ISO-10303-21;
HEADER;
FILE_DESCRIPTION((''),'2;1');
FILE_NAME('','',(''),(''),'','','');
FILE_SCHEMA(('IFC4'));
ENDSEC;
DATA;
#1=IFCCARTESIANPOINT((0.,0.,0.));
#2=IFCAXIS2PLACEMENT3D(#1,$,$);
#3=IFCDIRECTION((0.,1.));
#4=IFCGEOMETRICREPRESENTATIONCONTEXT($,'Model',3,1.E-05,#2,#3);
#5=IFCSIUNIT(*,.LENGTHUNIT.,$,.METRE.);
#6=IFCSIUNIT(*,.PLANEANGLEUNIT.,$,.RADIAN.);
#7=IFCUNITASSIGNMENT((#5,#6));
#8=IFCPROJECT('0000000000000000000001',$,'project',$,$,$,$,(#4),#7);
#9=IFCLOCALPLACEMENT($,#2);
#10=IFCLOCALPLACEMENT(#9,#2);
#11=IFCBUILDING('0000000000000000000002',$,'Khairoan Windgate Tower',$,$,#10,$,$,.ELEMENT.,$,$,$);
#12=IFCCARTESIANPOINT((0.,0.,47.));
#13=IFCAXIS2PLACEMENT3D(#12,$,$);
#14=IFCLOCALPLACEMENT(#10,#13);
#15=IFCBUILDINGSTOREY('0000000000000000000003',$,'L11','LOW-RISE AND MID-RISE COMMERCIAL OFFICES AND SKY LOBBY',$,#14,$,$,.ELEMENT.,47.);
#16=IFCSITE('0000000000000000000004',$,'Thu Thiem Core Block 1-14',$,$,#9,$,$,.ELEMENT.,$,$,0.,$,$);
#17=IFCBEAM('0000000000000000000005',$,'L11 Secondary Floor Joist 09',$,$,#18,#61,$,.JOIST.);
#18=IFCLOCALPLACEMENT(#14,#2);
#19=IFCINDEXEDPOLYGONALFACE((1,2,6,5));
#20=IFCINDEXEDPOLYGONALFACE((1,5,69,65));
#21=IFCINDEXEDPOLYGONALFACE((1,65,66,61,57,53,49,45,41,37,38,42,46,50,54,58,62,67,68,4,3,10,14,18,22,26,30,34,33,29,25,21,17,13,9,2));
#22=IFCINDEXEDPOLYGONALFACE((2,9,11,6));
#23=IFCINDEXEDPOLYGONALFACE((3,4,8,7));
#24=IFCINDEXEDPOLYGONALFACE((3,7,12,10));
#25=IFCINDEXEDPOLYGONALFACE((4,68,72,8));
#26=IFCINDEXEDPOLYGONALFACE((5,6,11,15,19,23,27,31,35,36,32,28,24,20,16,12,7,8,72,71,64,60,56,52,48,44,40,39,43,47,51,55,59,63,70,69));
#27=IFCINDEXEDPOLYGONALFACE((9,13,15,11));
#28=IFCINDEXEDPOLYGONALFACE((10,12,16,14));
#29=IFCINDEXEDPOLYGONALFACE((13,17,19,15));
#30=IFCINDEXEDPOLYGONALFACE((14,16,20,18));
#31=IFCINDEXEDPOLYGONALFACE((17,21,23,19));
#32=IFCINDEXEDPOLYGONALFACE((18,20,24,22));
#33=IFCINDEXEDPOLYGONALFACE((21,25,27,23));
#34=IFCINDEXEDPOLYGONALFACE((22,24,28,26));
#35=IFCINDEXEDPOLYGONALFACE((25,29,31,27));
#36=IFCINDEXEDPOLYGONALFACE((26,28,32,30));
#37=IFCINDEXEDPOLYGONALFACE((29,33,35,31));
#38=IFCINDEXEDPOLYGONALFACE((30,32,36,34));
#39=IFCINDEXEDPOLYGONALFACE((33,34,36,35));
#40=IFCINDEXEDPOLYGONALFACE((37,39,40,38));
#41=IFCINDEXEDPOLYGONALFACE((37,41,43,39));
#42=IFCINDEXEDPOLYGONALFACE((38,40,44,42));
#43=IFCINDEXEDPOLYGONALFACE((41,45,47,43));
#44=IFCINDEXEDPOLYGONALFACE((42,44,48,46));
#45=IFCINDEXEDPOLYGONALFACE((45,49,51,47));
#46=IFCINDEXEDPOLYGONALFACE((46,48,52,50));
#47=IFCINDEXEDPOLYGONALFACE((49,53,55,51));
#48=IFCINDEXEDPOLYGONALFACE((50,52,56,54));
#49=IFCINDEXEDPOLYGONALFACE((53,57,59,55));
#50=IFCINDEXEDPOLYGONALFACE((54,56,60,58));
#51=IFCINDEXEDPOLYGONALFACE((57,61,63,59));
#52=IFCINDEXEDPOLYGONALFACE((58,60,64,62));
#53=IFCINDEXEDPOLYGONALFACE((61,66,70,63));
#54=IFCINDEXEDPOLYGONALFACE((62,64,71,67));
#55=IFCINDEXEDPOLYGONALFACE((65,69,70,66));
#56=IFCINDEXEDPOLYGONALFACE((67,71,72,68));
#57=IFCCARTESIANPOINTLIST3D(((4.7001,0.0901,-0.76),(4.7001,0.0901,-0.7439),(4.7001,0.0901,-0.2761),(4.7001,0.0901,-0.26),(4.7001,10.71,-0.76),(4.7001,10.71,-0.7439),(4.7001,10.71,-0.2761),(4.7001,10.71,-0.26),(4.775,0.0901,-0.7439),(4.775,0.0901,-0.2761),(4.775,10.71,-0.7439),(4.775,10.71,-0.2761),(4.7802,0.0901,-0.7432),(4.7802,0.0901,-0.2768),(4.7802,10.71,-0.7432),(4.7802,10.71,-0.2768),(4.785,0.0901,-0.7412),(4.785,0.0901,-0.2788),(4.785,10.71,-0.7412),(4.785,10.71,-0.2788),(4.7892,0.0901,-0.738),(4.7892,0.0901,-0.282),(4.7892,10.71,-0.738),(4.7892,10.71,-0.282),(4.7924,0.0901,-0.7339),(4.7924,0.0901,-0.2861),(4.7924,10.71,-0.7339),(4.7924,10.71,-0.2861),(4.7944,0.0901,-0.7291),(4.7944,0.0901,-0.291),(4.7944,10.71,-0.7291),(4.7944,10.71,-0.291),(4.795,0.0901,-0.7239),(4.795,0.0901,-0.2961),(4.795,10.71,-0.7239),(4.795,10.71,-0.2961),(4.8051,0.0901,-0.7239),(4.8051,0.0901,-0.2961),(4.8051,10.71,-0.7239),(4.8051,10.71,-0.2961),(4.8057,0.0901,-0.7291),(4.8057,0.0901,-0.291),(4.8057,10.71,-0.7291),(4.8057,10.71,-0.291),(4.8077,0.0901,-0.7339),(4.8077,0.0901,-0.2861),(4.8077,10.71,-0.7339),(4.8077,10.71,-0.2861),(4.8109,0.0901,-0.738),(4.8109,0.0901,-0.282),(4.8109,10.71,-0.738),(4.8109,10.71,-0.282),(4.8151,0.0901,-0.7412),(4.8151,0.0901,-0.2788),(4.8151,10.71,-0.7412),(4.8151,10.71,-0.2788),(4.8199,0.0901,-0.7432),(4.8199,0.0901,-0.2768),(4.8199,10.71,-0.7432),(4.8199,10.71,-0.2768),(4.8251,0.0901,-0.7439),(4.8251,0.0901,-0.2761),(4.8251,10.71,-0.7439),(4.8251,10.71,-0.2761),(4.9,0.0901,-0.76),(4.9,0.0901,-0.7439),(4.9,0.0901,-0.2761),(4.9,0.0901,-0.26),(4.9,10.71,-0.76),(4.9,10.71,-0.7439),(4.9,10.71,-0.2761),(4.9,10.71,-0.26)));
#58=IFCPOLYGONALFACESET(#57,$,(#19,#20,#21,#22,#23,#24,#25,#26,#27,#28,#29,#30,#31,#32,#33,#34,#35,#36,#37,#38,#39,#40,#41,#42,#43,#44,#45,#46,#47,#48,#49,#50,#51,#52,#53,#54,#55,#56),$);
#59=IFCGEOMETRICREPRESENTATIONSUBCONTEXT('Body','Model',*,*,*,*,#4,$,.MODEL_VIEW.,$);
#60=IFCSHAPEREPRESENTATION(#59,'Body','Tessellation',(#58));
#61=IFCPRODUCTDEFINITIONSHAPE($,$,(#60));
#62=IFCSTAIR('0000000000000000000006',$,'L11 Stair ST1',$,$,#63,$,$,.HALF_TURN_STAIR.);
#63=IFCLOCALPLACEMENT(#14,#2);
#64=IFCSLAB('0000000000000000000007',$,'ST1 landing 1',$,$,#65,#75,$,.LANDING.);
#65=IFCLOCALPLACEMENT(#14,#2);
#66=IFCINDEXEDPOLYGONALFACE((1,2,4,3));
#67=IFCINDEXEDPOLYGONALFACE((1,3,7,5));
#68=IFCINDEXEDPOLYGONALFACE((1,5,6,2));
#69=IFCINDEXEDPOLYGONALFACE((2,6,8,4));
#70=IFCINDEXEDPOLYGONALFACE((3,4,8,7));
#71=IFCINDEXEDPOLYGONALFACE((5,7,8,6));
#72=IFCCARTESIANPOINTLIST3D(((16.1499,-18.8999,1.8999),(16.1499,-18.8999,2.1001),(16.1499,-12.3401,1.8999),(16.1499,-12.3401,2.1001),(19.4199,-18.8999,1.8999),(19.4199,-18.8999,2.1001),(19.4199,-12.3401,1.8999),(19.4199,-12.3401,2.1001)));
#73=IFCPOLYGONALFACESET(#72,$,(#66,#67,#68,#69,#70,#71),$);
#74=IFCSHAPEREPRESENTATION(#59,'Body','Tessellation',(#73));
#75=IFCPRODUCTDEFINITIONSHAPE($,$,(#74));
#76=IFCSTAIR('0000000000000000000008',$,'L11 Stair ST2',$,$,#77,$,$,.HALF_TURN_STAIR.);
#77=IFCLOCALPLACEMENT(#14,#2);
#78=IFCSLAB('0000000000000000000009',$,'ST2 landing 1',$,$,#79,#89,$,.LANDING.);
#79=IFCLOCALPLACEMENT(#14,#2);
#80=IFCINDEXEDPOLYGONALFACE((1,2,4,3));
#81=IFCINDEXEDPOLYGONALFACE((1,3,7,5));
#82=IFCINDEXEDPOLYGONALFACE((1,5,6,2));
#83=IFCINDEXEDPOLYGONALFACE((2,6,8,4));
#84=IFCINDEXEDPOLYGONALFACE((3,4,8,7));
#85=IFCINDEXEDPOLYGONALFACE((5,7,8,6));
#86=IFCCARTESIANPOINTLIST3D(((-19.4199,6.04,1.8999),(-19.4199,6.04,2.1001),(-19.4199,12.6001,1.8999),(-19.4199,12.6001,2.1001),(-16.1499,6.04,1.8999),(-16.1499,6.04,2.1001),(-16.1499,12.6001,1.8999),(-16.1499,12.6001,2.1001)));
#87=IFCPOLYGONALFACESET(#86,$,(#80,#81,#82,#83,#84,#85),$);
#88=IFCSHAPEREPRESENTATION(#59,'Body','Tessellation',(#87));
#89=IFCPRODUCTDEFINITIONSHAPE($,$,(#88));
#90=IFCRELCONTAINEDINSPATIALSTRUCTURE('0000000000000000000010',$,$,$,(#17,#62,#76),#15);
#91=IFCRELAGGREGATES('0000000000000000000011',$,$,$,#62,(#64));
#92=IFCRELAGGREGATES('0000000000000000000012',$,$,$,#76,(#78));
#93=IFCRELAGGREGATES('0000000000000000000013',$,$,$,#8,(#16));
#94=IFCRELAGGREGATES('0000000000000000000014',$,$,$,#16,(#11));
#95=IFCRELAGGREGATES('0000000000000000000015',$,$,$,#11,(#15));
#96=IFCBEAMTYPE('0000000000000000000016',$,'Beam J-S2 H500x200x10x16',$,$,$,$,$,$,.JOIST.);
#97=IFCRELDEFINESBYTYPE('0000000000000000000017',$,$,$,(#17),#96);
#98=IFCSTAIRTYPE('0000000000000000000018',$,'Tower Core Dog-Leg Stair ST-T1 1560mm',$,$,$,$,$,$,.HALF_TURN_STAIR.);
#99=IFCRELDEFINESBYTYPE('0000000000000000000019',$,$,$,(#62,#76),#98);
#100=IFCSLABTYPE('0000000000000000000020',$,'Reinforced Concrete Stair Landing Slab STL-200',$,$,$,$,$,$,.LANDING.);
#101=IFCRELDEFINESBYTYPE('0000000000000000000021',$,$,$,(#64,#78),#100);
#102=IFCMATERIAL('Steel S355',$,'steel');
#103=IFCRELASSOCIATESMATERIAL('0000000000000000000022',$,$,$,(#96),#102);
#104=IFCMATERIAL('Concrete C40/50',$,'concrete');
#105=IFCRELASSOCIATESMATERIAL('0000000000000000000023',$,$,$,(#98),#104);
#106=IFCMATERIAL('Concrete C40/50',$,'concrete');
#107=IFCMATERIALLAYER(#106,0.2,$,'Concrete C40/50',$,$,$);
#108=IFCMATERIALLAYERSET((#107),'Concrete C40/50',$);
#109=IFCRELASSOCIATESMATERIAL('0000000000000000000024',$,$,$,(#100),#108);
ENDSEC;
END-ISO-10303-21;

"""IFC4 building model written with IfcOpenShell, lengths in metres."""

from ifc_helpers import new_model, si_unit, direction, frame, origin, origin_2d, place, context, subcontext, project, spatial, polyline, i_section, outline, extrude, material, layer, layer_set, material_profile, profile_set, type_object, element, aggregate, save


model = new_model("IFC4")

# Units and contexts
model_context = context("Model", 3, precision=1e-05, world=origin(), true_north=direction((0.0, 1.0)))
body_context = subcontext(model_context, "Body", "Model", "MODEL_VIEW")
ifc_project = project(units=[si_unit("LENGTHUNIT", "METRE"), si_unit("PLANEANGLEUNIT", "RADIAN")], contexts=[model_context])

# Site, building, storey
site_placement = place(None, origin())
site = spatial("IfcSite", under=ifc_project, at=site_placement, Name="Thu Thiem Core Block 1-14", CompositionType="ELEMENT", RefElevation=0.0)
building_placement = place(site_placement, origin())
building = spatial("IfcBuilding", under=site, at=building_placement, Name="Khairoan Windgate Tower", CompositionType="ELEMENT")
storey_placement = place(building_placement, frame((0.0, 0.0, 47.0)))
storey = spatial("IfcBuildingStorey", under=building, at=storey_placement, Name="L11", Description="LOW-RISE AND MID-RISE COMMERCIAL OFFICES AND SKY LOBBY", CompositionType="ELEMENT", Elevation=47.0)

# Beam
ifc_material_1 = material(Name="Steel S355", Category="steel")
ifc_material_profile_1 = material_profile(ifc_material_1, i_section(OverallWidth=0.2, OverallDepth=0.5, WebThickness=0.01, FlangeThickness=0.0161, FilletRadius=0.02, at=origin_2d()))
ifc_profile_set_1 = profile_set([ifc_material_profile_1], Name="Steel S355")
beam_type_1 = type_object("IfcBeamType", Name="Beam J-S2 H500x200x10x16", PredefinedType="JOIST", material=ifc_profile_set_1)
for number, where, z_axis, x_axis, name in (
    (1, (4.8, 0.0901, -0.51), (0.0, 1.0, 0.0), (-1.0, 0.0, 0.0), "L11 Secondary Floor Joist 09"),
):
    element("IfcBeam", number, at=place(storey_placement, frame(where, z_axis=z_axis, x_axis=x_axis)), inside=storey, type_object=beam_type_1, Name=name, PredefinedType="JOIST", context=body_context, shape_type="SweptSolid", body=[
        extrude(i_section(OverallWidth=0.2, OverallDepth=0.5, WebThickness=0.01, FlangeThickness=0.0161, FilletRadius=0.02, at=origin_2d()), origin(), (0.0, 0.0, 1.0), 10.6199),
    ])

# Stairs, slabs
ifc_material_2 = material(Name="Concrete C40/50", Category="concrete")
stair_type = type_object("IfcStairType", Name="Tower Core Dog-Leg Stair ST-T1 1560mm", PredefinedType="HALF_TURN_STAIR", material=ifc_material_2)
stair_1_placement = place(storey_placement, origin())
stair_1 = element("IfcStair", 2, at=stair_1_placement, inside=storey, type_object=stair_type, Name="L11 Stair ST1", PredefinedType="HALF_TURN_STAIR")
ifc_material_3 = material(Name="Concrete C40/50", Category="concrete")
ifc_layer_1 = layer(ifc_material_3, 0.2, Name="Concrete C40/50")
ifc_layer_set_1 = layer_set([ifc_layer_1], Name="Concrete C40/50")
slab_type_1 = type_object("IfcSlabType", Name="Reinforced Concrete Stair Landing Slab STL-200", PredefinedType="LANDING", material=ifc_layer_set_1)
slab_1_placement = place(storey_placement, frame((0.0, 0.0, 1.8999)))
slab_1 = element("IfcSlab", 3, at=slab_1_placement, type_object=slab_type_1, Name="ST1 landing 1", PredefinedType="LANDING", context=body_context, shape_type="SweptSolid", body=[
    extrude(outline(polyline([(16.1499, -12.3401), (16.1499, -18.8999), (19.4199, -18.8999), (19.4199, -12.3401), (16.1499, -12.3401)])), origin(), (0.0, 0.0, 1.0), 0.2002),
])
aggregate(stair_1, [slab_1])
stair_2_placement = place(storey_placement, origin())
stair_2 = element("IfcStair", 4, at=stair_2_placement, inside=storey, type_object=stair_type, Name="L11 Stair ST2", PredefinedType="HALF_TURN_STAIR")
slab_2_placement = place(storey_placement, frame((0.0, 0.0, 1.8999)))
slab_2 = element("IfcSlab", 5, at=slab_2_placement, type_object=slab_type_1, Name="ST2 landing 1", PredefinedType="LANDING", context=body_context, shape_type="SweptSolid", body=[
    extrude(outline(polyline([(-16.1499, 6.04), (-16.1499, 12.6001), (-19.4199, 12.6001), (-19.4199, 6.04), (-16.1499, 6.04)])), origin(), (0.0, 0.0, 1.0), 0.2002),
])
aggregate(stair_2, [slab_2])

save(model, "model.ifc")
